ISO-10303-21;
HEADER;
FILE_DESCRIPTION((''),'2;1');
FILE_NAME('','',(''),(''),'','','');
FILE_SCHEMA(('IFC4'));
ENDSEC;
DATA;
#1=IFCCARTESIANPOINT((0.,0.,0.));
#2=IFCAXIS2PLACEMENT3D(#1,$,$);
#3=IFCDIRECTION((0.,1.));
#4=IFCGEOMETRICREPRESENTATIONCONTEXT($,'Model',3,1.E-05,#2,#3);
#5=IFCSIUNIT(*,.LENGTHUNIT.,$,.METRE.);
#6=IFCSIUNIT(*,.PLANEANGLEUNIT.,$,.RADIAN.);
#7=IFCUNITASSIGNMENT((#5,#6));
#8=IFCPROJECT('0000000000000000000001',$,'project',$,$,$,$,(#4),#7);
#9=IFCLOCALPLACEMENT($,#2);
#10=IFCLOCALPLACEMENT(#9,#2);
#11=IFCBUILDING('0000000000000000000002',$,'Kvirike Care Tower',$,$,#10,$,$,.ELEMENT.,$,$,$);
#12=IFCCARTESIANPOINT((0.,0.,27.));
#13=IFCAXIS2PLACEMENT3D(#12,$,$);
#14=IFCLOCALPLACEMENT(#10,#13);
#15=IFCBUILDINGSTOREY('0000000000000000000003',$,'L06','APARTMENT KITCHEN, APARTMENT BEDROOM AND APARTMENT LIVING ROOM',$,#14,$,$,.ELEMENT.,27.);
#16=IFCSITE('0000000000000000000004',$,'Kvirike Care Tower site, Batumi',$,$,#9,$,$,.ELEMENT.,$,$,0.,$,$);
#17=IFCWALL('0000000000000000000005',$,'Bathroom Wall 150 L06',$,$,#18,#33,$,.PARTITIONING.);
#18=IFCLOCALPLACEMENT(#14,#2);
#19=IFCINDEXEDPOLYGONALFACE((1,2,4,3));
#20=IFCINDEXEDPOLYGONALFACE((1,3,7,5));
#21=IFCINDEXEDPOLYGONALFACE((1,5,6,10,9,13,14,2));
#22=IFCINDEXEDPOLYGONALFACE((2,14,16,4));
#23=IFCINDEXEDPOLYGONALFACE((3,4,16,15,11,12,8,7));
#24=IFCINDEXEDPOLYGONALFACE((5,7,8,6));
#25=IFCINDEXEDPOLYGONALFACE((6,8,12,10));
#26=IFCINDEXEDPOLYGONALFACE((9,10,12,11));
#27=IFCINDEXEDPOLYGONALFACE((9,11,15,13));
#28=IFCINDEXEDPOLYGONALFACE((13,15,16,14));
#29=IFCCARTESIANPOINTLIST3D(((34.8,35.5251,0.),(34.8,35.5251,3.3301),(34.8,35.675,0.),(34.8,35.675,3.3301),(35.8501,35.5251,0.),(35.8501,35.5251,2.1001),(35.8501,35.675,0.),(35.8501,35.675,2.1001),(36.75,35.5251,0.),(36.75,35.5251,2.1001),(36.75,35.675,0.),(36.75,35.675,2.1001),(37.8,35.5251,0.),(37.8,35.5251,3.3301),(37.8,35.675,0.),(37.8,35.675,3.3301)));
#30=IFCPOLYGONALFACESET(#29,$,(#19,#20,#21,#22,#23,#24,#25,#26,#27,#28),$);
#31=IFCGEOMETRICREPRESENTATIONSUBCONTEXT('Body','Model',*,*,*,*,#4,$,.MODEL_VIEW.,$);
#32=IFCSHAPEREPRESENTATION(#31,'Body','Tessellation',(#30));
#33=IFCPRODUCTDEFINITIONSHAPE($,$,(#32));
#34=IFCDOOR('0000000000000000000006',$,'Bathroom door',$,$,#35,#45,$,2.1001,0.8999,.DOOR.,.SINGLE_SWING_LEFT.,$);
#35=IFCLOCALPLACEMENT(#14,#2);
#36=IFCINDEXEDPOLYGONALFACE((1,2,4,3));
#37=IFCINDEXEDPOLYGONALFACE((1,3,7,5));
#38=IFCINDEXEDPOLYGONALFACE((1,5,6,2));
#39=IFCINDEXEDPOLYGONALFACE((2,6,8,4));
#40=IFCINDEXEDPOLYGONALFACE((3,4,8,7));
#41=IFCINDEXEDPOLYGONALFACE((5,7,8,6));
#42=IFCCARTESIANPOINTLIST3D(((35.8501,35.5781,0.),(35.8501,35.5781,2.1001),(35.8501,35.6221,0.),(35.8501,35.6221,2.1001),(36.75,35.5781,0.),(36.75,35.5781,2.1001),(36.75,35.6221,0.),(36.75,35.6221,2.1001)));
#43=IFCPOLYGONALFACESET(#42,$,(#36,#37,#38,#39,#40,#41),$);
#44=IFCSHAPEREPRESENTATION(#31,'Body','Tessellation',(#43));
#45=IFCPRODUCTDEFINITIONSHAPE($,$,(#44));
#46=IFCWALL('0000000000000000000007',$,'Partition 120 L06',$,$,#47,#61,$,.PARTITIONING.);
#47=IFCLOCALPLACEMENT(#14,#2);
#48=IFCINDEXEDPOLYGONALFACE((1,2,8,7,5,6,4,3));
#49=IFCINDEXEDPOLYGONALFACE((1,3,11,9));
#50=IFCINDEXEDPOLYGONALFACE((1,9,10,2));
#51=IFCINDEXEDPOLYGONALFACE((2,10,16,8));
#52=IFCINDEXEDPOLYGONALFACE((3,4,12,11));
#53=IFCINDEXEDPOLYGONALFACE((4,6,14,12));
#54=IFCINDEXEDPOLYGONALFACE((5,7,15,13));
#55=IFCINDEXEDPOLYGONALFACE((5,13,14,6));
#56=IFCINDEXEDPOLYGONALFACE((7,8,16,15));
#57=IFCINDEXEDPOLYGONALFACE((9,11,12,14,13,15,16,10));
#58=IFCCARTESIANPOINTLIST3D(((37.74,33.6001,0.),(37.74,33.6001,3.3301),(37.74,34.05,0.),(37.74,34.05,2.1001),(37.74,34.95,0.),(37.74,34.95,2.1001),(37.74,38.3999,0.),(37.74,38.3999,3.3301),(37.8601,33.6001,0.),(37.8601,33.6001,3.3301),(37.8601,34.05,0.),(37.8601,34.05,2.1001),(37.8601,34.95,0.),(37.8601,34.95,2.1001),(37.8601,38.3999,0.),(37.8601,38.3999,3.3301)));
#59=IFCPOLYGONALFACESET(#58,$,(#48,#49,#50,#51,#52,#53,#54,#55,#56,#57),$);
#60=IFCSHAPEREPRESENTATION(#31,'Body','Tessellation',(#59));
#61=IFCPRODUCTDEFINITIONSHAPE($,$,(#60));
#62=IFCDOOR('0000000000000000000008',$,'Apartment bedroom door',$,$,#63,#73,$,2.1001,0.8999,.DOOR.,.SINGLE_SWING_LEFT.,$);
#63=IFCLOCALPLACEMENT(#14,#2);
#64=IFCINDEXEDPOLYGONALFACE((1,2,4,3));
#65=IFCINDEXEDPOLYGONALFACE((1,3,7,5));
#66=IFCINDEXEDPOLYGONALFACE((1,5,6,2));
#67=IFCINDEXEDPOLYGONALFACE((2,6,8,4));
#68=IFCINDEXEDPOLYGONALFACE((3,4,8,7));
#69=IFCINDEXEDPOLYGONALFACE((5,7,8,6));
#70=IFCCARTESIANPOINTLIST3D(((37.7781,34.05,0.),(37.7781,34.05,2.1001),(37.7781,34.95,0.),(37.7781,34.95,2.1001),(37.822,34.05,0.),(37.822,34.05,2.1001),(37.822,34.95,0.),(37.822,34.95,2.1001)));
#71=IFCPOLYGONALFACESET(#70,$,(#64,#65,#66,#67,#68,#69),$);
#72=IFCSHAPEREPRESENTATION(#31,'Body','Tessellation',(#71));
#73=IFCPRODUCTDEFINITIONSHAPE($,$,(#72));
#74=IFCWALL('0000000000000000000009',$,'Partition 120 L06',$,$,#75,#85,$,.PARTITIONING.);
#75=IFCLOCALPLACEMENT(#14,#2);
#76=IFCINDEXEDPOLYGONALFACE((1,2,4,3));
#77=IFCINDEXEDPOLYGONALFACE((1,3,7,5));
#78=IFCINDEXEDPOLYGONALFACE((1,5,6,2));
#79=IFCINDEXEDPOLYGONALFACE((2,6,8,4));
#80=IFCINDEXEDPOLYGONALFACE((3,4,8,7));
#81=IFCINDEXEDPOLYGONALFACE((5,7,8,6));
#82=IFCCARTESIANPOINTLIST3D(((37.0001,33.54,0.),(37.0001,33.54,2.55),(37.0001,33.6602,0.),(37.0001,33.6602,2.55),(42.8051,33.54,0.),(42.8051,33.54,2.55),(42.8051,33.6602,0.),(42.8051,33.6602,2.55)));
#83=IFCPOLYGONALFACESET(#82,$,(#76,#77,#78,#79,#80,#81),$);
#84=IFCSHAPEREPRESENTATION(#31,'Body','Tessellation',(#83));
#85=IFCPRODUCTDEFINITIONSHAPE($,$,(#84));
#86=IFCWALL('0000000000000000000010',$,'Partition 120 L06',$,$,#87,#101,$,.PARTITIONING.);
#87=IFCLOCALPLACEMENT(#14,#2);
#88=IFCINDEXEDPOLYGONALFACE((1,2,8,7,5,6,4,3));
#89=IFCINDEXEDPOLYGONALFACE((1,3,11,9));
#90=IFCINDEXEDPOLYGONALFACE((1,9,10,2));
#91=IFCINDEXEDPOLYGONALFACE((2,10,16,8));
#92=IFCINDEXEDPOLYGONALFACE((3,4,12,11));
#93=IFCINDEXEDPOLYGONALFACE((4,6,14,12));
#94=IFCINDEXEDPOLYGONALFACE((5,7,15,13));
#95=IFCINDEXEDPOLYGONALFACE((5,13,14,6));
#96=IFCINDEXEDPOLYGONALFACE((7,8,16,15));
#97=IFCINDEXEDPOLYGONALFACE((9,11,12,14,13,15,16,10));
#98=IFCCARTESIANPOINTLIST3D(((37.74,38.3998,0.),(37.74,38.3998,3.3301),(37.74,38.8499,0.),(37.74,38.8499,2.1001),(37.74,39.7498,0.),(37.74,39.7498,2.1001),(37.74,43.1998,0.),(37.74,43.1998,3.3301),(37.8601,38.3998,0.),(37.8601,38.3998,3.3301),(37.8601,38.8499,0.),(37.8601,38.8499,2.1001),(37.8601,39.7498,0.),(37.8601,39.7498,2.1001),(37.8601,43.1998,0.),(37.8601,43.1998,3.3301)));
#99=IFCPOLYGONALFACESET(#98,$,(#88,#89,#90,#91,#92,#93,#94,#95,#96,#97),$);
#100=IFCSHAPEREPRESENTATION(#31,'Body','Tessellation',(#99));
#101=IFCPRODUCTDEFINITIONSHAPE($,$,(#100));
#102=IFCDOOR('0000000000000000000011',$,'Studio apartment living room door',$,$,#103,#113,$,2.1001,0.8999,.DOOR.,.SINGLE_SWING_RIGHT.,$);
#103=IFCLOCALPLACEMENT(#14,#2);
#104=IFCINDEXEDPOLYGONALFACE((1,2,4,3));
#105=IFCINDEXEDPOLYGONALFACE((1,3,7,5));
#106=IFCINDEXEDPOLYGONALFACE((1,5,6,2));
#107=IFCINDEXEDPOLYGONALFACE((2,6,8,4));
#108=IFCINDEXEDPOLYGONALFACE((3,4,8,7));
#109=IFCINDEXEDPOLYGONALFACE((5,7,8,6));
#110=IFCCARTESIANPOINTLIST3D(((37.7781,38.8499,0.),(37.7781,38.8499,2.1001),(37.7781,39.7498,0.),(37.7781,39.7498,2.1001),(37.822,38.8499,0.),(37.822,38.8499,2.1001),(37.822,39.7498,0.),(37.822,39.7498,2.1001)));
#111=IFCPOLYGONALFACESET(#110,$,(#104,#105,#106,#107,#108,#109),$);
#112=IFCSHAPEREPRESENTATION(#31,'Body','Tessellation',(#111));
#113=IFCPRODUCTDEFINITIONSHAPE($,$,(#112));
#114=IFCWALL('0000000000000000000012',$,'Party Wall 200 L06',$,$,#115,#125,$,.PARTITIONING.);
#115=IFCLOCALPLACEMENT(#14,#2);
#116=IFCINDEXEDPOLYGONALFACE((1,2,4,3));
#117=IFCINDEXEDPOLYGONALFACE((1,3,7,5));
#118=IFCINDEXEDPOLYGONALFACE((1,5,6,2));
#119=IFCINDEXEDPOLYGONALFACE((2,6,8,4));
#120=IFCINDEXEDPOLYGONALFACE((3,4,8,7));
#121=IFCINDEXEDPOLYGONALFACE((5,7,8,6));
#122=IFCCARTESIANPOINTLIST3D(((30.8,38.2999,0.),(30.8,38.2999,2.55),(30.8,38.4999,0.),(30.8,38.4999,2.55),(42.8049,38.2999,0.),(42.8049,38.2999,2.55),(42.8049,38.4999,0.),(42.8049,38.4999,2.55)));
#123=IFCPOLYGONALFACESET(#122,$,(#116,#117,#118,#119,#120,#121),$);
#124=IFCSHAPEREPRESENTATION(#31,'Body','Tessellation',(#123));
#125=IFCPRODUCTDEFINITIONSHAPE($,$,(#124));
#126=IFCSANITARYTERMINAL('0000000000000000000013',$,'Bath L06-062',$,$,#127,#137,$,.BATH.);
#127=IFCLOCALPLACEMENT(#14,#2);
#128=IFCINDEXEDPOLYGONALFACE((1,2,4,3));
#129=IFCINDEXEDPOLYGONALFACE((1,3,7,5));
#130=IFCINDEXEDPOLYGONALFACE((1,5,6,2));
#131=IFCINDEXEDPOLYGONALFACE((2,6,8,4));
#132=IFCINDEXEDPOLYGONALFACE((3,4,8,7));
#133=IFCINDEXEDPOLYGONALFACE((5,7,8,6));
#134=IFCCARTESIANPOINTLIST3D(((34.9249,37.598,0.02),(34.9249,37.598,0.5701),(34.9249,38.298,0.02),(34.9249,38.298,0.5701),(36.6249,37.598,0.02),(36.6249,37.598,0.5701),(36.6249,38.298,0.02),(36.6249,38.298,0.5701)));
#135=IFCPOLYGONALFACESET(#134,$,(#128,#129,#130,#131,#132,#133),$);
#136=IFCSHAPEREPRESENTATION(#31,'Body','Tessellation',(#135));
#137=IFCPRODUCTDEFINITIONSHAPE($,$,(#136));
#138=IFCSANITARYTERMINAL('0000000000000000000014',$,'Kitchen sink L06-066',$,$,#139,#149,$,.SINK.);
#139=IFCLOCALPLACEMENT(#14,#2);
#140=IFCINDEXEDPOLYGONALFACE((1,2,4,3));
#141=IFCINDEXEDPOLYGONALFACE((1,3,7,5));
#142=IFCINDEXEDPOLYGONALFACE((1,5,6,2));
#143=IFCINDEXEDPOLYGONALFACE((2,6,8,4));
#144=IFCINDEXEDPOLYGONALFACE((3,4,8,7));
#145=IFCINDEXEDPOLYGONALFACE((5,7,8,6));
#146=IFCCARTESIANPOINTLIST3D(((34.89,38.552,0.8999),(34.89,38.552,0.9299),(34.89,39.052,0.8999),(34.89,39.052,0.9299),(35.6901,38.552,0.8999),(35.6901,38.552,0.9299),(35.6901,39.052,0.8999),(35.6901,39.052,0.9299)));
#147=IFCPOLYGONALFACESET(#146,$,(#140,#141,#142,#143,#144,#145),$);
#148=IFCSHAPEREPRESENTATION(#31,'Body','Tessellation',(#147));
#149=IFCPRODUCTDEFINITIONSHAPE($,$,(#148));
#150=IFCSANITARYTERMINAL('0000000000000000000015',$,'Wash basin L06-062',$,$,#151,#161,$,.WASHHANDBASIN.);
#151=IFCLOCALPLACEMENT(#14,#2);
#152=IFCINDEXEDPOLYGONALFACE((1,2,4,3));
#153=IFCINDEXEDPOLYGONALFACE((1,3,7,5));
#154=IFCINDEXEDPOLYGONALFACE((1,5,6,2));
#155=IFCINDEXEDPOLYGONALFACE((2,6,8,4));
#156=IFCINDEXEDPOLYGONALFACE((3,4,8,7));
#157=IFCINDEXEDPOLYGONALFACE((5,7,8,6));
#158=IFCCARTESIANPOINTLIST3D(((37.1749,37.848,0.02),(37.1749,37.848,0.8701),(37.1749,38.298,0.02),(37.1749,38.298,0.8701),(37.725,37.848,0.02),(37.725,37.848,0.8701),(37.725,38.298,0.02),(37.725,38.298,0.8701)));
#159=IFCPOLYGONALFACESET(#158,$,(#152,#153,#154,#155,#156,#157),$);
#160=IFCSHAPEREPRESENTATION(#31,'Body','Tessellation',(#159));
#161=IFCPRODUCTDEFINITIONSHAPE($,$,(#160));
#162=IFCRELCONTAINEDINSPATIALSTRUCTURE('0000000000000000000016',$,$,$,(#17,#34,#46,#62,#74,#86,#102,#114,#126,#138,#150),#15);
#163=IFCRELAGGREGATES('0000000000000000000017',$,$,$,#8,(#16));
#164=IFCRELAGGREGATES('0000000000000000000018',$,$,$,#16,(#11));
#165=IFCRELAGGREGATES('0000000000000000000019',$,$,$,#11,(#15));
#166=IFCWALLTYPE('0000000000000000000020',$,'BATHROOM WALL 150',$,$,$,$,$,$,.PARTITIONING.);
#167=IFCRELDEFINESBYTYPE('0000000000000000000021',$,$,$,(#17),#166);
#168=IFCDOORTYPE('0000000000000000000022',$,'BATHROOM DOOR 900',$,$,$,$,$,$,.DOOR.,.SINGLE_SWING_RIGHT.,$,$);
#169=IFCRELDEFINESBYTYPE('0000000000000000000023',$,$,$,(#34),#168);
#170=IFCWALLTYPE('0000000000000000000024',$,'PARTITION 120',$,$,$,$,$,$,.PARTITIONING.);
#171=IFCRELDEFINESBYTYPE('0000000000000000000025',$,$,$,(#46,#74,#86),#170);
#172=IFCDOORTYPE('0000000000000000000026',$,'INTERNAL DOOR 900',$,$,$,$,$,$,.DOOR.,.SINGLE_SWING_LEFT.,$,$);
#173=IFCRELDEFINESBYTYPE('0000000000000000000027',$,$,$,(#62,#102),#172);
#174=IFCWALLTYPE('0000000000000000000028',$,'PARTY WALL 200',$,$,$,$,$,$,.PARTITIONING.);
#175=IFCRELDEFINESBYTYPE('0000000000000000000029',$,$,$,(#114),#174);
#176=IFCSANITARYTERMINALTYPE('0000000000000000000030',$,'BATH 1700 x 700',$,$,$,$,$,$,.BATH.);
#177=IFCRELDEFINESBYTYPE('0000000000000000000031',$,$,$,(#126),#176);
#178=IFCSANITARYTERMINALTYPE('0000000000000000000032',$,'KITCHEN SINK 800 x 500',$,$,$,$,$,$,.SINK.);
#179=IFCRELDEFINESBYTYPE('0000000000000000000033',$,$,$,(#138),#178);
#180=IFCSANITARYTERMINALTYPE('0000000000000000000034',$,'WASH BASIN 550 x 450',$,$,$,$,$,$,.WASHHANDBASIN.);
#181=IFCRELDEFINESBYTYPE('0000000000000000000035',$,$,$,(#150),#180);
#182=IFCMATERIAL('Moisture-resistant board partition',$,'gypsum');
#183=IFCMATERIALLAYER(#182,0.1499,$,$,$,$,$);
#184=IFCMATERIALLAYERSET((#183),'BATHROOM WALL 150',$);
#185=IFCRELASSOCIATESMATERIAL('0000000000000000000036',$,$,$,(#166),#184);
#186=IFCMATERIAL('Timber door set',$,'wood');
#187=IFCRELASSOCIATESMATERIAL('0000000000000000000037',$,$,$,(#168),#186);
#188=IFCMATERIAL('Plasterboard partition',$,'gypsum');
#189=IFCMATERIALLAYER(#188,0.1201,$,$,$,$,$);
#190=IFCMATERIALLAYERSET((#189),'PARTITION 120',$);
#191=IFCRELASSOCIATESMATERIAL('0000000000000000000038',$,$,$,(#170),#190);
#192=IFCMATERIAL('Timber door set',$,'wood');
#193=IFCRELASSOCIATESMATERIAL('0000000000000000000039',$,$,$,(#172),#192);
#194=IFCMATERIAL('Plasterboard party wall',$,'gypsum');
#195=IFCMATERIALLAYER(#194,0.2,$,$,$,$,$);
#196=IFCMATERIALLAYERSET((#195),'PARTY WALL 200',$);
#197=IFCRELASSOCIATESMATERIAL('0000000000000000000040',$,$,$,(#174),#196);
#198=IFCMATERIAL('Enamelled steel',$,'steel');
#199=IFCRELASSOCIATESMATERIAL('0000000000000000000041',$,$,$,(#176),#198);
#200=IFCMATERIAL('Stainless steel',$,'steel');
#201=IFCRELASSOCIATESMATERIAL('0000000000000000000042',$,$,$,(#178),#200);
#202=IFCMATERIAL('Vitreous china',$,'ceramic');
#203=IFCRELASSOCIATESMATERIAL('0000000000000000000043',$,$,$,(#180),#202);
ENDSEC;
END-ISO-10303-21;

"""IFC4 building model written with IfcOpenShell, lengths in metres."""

from ifc_helpers import new_model, si_unit, direction, frame, frame_2d, origin, origin_2d, place, context, subcontext, project, spatial, rectangle, extrude, material, layer, layer_set, type_object, element, fill, save


model = new_model("IFC4")

# Units and contexts
model_context = context("Model", 3, precision=1e-05, world=origin(), true_north=direction((0.0, 1.0)))
body_context = subcontext(model_context, "Body", "Model", "MODEL_VIEW")
ifc_project = project(units=[si_unit("LENGTHUNIT", "METRE"), si_unit("PLANEANGLEUNIT", "RADIAN")], contexts=[model_context])

# Site, building, storey
site_placement = place(None, origin())
site = spatial("IfcSite", under=ifc_project, at=site_placement, Name="Kvirike Care Tower site, Batumi", CompositionType="ELEMENT", RefElevation=0.0)
building_placement = place(site_placement, origin())
building = spatial("IfcBuilding", under=site, at=building_placement, Name="Kvirike Care Tower", CompositionType="ELEMENT")
storey_placement = place(building_placement, frame((0.0, 0.0, 27.0)))
storey = spatial("IfcBuildingStorey", under=building, at=storey_placement, Name="L06", Description="APARTMENT KITCHEN, APARTMENT BEDROOM AND APARTMENT LIVING ROOM", CompositionType="ELEMENT", Elevation=27.0)

# Walls, openings, doors
ifc_material_1 = material(Name="Moisture-resistant board partition", Category="gypsum")
ifc_layer_1 = layer(ifc_material_1, 0.1499)
ifc_layer_set_1 = layer_set([ifc_layer_1], Name="BATHROOM WALL 150")
wall_type_1 = type_object("IfcWallType", Name="BATHROOM WALL 150", PredefinedType="PARTITIONING", material=ifc_layer_set_1)
wall_1_placement = place(storey_placement, frame((37.8, 35.6001, 0.0), z_axis=(0.0, 0.0, 1.0), x_axis=(-1.0, 0.0, 0.0)))
wall_1 = element("IfcWall", 1, at=wall_1_placement, inside=storey, type_object=wall_type_1, Name="Bathroom Wall 150 L06", PredefinedType="PARTITIONING", context=body_context, shape_type="SweptSolid", body=[
    extrude(rectangle(XDim=3.0, YDim=0.1499, at=frame_2d((1.5, 0.0))), origin(), (0.0, 0.0, 1.0), 3.3301),
])
opening_1_placement = place(wall_1_placement, frame((1.05, 0.0, 0.0)))
opening_1 = element("IfcOpeningElement", 2, at=opening_1_placement, cuts=wall_1, PredefinedType="OPENING", context=body_context, shape_type="SweptSolid", body=[
    extrude(rectangle(XDim=0.8999, YDim=2.1001, at=frame_2d((0.45, 1.05))), frame((0.0, 0.0854, 0.0), z_axis=(0.0, -1.0, 0.0), x_axis=(1.0, 0.0, 0.0)), (0.0, 0.0, 1.0), 0.1709),
])
ifc_material_2 = material(Name="Timber door set", Category="wood")
door_type_1 = type_object("IfcDoorType", Name="BATHROOM DOOR 900", OperationType="SINGLE_SWING_RIGHT", PredefinedType="DOOR", material=ifc_material_2)
door_1_placement = place(opening_1_placement, frame((0.8999, 0.0, 0.0), z_axis=(0.0, 0.0, 1.0), x_axis=(-1.0, 0.0, 0.0)))
door_1 = element("IfcDoor", 3, at=door_1_placement, inside=storey, type_object=door_type_1, Name="Bathroom door", OperationType="SINGLE_SWING_LEFT", OverallHeight=2.1001, OverallWidth=0.8999, PredefinedType="DOOR", context=body_context, shape_type="SweptSolid", body=[
    extrude(rectangle(XDim=0.8999, YDim=2.1001, at=frame_2d((0.45, 1.05))), frame((0.0, 0.022, 0.0), z_axis=(0.0, -1.0, 0.0), x_axis=(1.0, 0.0, 0.0)), (0.0, 0.0, 1.0), 0.0439),
])
fill(opening_1, door_1)
ifc_material_3 = material(Name="Plasterboard partition", Category="gypsum")
ifc_layer_2 = layer(ifc_material_3, 0.1201)
ifc_layer_set_2 = layer_set([ifc_layer_2], Name="PARTITION 120")
wall_type_2 = type_object("IfcWallType", Name="PARTITION 120", PredefinedType="PARTITIONING", material=ifc_layer_set_2)
wall_2_placement = place(storey_placement, frame((37.8, 33.6001, 0.0), z_axis=(0.0, 0.0, 1.0), x_axis=(0.0, 1.0, 0.0)))
wall_2 = element("IfcWall", 4, at=wall_2_placement, inside=storey, type_object=wall_type_2, Name="Partition 120 L06", PredefinedType="PARTITIONING", context=body_context, shape_type="SweptSolid", body=[
    extrude(rectangle(XDim=4.7998, YDim=0.1201, at=frame_2d((2.3999, 0.0))), origin(), (0.0, 0.0, 1.0), 3.3301),
])
opening_2_placement = place(wall_2_placement, frame((0.45, 0.0, 0.0)))
opening_2 = element("IfcOpeningElement", 5, at=opening_2_placement, cuts=wall_2, PredefinedType="OPENING", context=body_context, shape_type="SweptSolid", body=[
    extrude(rectangle(XDim=0.8999, YDim=2.1001, at=frame_2d((0.45, 1.05))), frame((0.0, 0.0706, 0.0), z_axis=(0.0, -1.0, 0.0), x_axis=(1.0, 0.0, 0.0)), (0.0, 0.0, 1.0), 0.1411),
])
ifc_material_4 = material(Name="Timber door set", Category="wood")
door_type_2 = type_object("IfcDoorType", Name="INTERNAL DOOR 900", OperationType="SINGLE_SWING_LEFT", PredefinedType="DOOR", material=ifc_material_4)
door_2_placement = place(opening_2_placement, frame((0.8999, 0.0, 0.0), z_axis=(0.0, 0.0, 1.0), x_axis=(-1.0, 0.0, 0.0)))
door_2 = element("IfcDoor", 6, at=door_2_placement, inside=storey, type_object=door_type_2, Name="Apartment bedroom door", OperationType="SINGLE_SWING_LEFT", OverallHeight=2.1001, OverallWidth=0.8999, PredefinedType="DOOR", context=body_context, shape_type="SweptSolid", body=[
    extrude(rectangle(XDim=0.8999, YDim=2.1001, at=frame_2d((0.45, 1.05))), frame((0.0, 0.022, 0.0), z_axis=(0.0, -1.0, 0.0), x_axis=(1.0, 0.0, 0.0)), (0.0, 0.0, 1.0), 0.0439),
])
fill(opening_2, door_2)

# Wall
wall_3_placement = place(storey_placement, frame((42.8049, 33.6001, 0.0), z_axis=(0.0, 0.0, 1.0), x_axis=(-1.0, 0.0, 0.0)))
element("IfcWall", 7, at=wall_3_placement, inside=storey, type_object=wall_type_2, Name="Partition 120 L06", PredefinedType="PARTITIONING", context=body_context, shape_type="SweptSolid", body=[
    extrude(rectangle(XDim=5.8049, YDim=0.1201, at=frame_2d((2.9023, 0.0))), origin(), (0.0, 0.0, 1.0), 2.55),
])

# Wall, opening, door
wall_4_placement = place(storey_placement, frame((37.8, 38.3999, 0.0), z_axis=(0.0, 0.0, 1.0), x_axis=(0.0, 1.0, 0.0)))
wall_4 = element("IfcWall", 8, at=wall_4_placement, inside=storey, type_object=wall_type_2, Name="Partition 120 L06", PredefinedType="PARTITIONING", context=body_context, shape_type="SweptSolid", body=[
    extrude(rectangle(XDim=4.8, YDim=0.1201, at=frame_2d((2.3999, 0.0))), origin(), (0.0, 0.0, 1.0), 3.3301),
])
opening_3_placement = place(wall_4_placement, frame((0.45, 0.0, 0.0)))
opening_3 = element("IfcOpeningElement", 9, at=opening_3_placement, cuts=wall_4, PredefinedType="OPENING", context=body_context, shape_type="SweptSolid", body=[
    extrude(rectangle(XDim=0.8999, YDim=2.1001, at=frame_2d((0.45, 1.05))), frame((0.0, 0.0706, 0.0), z_axis=(0.0, -1.0, 0.0), x_axis=(1.0, 0.0, 0.0)), (0.0, 0.0, 1.0), 0.1411),
])
door_3_placement = place(opening_3_placement, origin())
door_3 = element("IfcDoor", 10, at=door_3_placement, inside=storey, type_object=door_type_2, Name="Studio apartment living room door", OperationType="SINGLE_SWING_RIGHT", OverallHeight=2.1001, OverallWidth=0.8999, PredefinedType="DOOR", context=body_context, shape_type="SweptSolid", body=[
    extrude(rectangle(XDim=0.8999, YDim=2.1001, at=frame_2d((0.45, 1.05))), frame((0.0, 0.022, 0.0), z_axis=(0.0, -1.0, 0.0), x_axis=(1.0, 0.0, 0.0)), (0.0, 0.0, 1.0), 0.0439),
])
fill(opening_3, door_3)

# Wall
ifc_material_5 = material(Name="Plasterboard party wall", Category="gypsum")
ifc_layer_3 = layer(ifc_material_5, 0.2)
ifc_layer_set_3 = layer_set([ifc_layer_3], Name="PARTY WALL 200")
wall_type_3 = type_object("IfcWallType", Name="PARTY WALL 200", PredefinedType="PARTITIONING", material=ifc_layer_set_3)
wall_5_placement = place(storey_placement, frame((42.8049, 38.3999, 0.0), z_axis=(0.0, 0.0, 1.0), x_axis=(-1.0, 0.0, 0.0)))
element("IfcWall", 11, at=wall_5_placement, inside=storey, type_object=wall_type_3, Name="Party Wall 200 L06", PredefinedType="PARTITIONING", context=body_context, shape_type="SweptSolid", body=[
    extrude(rectangle(XDim=12.0049, YDim=0.2, at=frame_2d((6.0024, 0.0))), origin(), (0.0, 0.0, 1.0), 2.55),
])

# Sanitary terminals
ifc_material_6 = material(Name="Enamelled steel", Category="steel")
sanitary_terminal_type_1 = type_object("IfcSanitaryTerminalType", Name="BATH 1700 x 700", PredefinedType="BATH", material=ifc_material_6)
sanitary_terminal_1_placement = place(storey_placement, frame((35.7749, 37.948, 0.02), z_axis=(0.0, 0.0, 1.0), x_axis=(1.0, 0.0, 0.0)))
element("IfcSanitaryTerminal", 12, at=sanitary_terminal_1_placement, inside=storey, type_object=sanitary_terminal_type_1, Name="Bath L06-062", PredefinedType="BATH", context=body_context, shape_type="SweptSolid", body=[
    extrude(rectangle(XDim=1.7, YDim=0.7, at=origin_2d()), origin(), (0.0, 0.0, 1.0), 0.55),
])
ifc_material_7 = material(Name="Stainless steel", Category="steel")
sanitary_terminal_type_2 = type_object("IfcSanitaryTerminalType", Name="KITCHEN SINK 800 x 500", PredefinedType="SINK", material=ifc_material_7)
sanitary_terminal_2_placement = place(storey_placement, frame((35.29, 38.802, 0.8999), z_axis=(0.0, 0.0, 1.0), x_axis=(-1.0, 0.0, 0.0)))
element("IfcSanitaryTerminal", 13, at=sanitary_terminal_2_placement, inside=storey, type_object=sanitary_terminal_type_2, Name="Kitchen sink L06-066", PredefinedType="SINK", context=body_context, shape_type="SweptSolid", body=[
    extrude(rectangle(XDim=0.8, YDim=0.5, at=origin_2d()), origin(), (0.0, 0.0, 1.0), 0.03),
])
ifc_material_8 = material(Name="Vitreous china", Category="ceramic")
sanitary_terminal_type_3 = type_object("IfcSanitaryTerminalType", Name="WASH BASIN 550 x 450", PredefinedType="WASHHANDBASIN", material=ifc_material_8)
sanitary_terminal_3_placement = place(storey_placement, frame((37.45, 38.073, 0.02), z_axis=(0.0, 0.0, 1.0), x_axis=(1.0, 0.0, 0.0)))
element("IfcSanitaryTerminal", 14, at=sanitary_terminal_3_placement, inside=storey, type_object=sanitary_terminal_type_3, Name="Wash basin L06-062", PredefinedType="WASHHANDBASIN", context=body_context, shape_type="SweptSolid", body=[
    extrude(rectangle(XDim=0.55, YDim=0.45, at=origin_2d()), origin(), (0.0, 0.0, 1.0), 0.8501),
])

save(model, "model.ifc")
